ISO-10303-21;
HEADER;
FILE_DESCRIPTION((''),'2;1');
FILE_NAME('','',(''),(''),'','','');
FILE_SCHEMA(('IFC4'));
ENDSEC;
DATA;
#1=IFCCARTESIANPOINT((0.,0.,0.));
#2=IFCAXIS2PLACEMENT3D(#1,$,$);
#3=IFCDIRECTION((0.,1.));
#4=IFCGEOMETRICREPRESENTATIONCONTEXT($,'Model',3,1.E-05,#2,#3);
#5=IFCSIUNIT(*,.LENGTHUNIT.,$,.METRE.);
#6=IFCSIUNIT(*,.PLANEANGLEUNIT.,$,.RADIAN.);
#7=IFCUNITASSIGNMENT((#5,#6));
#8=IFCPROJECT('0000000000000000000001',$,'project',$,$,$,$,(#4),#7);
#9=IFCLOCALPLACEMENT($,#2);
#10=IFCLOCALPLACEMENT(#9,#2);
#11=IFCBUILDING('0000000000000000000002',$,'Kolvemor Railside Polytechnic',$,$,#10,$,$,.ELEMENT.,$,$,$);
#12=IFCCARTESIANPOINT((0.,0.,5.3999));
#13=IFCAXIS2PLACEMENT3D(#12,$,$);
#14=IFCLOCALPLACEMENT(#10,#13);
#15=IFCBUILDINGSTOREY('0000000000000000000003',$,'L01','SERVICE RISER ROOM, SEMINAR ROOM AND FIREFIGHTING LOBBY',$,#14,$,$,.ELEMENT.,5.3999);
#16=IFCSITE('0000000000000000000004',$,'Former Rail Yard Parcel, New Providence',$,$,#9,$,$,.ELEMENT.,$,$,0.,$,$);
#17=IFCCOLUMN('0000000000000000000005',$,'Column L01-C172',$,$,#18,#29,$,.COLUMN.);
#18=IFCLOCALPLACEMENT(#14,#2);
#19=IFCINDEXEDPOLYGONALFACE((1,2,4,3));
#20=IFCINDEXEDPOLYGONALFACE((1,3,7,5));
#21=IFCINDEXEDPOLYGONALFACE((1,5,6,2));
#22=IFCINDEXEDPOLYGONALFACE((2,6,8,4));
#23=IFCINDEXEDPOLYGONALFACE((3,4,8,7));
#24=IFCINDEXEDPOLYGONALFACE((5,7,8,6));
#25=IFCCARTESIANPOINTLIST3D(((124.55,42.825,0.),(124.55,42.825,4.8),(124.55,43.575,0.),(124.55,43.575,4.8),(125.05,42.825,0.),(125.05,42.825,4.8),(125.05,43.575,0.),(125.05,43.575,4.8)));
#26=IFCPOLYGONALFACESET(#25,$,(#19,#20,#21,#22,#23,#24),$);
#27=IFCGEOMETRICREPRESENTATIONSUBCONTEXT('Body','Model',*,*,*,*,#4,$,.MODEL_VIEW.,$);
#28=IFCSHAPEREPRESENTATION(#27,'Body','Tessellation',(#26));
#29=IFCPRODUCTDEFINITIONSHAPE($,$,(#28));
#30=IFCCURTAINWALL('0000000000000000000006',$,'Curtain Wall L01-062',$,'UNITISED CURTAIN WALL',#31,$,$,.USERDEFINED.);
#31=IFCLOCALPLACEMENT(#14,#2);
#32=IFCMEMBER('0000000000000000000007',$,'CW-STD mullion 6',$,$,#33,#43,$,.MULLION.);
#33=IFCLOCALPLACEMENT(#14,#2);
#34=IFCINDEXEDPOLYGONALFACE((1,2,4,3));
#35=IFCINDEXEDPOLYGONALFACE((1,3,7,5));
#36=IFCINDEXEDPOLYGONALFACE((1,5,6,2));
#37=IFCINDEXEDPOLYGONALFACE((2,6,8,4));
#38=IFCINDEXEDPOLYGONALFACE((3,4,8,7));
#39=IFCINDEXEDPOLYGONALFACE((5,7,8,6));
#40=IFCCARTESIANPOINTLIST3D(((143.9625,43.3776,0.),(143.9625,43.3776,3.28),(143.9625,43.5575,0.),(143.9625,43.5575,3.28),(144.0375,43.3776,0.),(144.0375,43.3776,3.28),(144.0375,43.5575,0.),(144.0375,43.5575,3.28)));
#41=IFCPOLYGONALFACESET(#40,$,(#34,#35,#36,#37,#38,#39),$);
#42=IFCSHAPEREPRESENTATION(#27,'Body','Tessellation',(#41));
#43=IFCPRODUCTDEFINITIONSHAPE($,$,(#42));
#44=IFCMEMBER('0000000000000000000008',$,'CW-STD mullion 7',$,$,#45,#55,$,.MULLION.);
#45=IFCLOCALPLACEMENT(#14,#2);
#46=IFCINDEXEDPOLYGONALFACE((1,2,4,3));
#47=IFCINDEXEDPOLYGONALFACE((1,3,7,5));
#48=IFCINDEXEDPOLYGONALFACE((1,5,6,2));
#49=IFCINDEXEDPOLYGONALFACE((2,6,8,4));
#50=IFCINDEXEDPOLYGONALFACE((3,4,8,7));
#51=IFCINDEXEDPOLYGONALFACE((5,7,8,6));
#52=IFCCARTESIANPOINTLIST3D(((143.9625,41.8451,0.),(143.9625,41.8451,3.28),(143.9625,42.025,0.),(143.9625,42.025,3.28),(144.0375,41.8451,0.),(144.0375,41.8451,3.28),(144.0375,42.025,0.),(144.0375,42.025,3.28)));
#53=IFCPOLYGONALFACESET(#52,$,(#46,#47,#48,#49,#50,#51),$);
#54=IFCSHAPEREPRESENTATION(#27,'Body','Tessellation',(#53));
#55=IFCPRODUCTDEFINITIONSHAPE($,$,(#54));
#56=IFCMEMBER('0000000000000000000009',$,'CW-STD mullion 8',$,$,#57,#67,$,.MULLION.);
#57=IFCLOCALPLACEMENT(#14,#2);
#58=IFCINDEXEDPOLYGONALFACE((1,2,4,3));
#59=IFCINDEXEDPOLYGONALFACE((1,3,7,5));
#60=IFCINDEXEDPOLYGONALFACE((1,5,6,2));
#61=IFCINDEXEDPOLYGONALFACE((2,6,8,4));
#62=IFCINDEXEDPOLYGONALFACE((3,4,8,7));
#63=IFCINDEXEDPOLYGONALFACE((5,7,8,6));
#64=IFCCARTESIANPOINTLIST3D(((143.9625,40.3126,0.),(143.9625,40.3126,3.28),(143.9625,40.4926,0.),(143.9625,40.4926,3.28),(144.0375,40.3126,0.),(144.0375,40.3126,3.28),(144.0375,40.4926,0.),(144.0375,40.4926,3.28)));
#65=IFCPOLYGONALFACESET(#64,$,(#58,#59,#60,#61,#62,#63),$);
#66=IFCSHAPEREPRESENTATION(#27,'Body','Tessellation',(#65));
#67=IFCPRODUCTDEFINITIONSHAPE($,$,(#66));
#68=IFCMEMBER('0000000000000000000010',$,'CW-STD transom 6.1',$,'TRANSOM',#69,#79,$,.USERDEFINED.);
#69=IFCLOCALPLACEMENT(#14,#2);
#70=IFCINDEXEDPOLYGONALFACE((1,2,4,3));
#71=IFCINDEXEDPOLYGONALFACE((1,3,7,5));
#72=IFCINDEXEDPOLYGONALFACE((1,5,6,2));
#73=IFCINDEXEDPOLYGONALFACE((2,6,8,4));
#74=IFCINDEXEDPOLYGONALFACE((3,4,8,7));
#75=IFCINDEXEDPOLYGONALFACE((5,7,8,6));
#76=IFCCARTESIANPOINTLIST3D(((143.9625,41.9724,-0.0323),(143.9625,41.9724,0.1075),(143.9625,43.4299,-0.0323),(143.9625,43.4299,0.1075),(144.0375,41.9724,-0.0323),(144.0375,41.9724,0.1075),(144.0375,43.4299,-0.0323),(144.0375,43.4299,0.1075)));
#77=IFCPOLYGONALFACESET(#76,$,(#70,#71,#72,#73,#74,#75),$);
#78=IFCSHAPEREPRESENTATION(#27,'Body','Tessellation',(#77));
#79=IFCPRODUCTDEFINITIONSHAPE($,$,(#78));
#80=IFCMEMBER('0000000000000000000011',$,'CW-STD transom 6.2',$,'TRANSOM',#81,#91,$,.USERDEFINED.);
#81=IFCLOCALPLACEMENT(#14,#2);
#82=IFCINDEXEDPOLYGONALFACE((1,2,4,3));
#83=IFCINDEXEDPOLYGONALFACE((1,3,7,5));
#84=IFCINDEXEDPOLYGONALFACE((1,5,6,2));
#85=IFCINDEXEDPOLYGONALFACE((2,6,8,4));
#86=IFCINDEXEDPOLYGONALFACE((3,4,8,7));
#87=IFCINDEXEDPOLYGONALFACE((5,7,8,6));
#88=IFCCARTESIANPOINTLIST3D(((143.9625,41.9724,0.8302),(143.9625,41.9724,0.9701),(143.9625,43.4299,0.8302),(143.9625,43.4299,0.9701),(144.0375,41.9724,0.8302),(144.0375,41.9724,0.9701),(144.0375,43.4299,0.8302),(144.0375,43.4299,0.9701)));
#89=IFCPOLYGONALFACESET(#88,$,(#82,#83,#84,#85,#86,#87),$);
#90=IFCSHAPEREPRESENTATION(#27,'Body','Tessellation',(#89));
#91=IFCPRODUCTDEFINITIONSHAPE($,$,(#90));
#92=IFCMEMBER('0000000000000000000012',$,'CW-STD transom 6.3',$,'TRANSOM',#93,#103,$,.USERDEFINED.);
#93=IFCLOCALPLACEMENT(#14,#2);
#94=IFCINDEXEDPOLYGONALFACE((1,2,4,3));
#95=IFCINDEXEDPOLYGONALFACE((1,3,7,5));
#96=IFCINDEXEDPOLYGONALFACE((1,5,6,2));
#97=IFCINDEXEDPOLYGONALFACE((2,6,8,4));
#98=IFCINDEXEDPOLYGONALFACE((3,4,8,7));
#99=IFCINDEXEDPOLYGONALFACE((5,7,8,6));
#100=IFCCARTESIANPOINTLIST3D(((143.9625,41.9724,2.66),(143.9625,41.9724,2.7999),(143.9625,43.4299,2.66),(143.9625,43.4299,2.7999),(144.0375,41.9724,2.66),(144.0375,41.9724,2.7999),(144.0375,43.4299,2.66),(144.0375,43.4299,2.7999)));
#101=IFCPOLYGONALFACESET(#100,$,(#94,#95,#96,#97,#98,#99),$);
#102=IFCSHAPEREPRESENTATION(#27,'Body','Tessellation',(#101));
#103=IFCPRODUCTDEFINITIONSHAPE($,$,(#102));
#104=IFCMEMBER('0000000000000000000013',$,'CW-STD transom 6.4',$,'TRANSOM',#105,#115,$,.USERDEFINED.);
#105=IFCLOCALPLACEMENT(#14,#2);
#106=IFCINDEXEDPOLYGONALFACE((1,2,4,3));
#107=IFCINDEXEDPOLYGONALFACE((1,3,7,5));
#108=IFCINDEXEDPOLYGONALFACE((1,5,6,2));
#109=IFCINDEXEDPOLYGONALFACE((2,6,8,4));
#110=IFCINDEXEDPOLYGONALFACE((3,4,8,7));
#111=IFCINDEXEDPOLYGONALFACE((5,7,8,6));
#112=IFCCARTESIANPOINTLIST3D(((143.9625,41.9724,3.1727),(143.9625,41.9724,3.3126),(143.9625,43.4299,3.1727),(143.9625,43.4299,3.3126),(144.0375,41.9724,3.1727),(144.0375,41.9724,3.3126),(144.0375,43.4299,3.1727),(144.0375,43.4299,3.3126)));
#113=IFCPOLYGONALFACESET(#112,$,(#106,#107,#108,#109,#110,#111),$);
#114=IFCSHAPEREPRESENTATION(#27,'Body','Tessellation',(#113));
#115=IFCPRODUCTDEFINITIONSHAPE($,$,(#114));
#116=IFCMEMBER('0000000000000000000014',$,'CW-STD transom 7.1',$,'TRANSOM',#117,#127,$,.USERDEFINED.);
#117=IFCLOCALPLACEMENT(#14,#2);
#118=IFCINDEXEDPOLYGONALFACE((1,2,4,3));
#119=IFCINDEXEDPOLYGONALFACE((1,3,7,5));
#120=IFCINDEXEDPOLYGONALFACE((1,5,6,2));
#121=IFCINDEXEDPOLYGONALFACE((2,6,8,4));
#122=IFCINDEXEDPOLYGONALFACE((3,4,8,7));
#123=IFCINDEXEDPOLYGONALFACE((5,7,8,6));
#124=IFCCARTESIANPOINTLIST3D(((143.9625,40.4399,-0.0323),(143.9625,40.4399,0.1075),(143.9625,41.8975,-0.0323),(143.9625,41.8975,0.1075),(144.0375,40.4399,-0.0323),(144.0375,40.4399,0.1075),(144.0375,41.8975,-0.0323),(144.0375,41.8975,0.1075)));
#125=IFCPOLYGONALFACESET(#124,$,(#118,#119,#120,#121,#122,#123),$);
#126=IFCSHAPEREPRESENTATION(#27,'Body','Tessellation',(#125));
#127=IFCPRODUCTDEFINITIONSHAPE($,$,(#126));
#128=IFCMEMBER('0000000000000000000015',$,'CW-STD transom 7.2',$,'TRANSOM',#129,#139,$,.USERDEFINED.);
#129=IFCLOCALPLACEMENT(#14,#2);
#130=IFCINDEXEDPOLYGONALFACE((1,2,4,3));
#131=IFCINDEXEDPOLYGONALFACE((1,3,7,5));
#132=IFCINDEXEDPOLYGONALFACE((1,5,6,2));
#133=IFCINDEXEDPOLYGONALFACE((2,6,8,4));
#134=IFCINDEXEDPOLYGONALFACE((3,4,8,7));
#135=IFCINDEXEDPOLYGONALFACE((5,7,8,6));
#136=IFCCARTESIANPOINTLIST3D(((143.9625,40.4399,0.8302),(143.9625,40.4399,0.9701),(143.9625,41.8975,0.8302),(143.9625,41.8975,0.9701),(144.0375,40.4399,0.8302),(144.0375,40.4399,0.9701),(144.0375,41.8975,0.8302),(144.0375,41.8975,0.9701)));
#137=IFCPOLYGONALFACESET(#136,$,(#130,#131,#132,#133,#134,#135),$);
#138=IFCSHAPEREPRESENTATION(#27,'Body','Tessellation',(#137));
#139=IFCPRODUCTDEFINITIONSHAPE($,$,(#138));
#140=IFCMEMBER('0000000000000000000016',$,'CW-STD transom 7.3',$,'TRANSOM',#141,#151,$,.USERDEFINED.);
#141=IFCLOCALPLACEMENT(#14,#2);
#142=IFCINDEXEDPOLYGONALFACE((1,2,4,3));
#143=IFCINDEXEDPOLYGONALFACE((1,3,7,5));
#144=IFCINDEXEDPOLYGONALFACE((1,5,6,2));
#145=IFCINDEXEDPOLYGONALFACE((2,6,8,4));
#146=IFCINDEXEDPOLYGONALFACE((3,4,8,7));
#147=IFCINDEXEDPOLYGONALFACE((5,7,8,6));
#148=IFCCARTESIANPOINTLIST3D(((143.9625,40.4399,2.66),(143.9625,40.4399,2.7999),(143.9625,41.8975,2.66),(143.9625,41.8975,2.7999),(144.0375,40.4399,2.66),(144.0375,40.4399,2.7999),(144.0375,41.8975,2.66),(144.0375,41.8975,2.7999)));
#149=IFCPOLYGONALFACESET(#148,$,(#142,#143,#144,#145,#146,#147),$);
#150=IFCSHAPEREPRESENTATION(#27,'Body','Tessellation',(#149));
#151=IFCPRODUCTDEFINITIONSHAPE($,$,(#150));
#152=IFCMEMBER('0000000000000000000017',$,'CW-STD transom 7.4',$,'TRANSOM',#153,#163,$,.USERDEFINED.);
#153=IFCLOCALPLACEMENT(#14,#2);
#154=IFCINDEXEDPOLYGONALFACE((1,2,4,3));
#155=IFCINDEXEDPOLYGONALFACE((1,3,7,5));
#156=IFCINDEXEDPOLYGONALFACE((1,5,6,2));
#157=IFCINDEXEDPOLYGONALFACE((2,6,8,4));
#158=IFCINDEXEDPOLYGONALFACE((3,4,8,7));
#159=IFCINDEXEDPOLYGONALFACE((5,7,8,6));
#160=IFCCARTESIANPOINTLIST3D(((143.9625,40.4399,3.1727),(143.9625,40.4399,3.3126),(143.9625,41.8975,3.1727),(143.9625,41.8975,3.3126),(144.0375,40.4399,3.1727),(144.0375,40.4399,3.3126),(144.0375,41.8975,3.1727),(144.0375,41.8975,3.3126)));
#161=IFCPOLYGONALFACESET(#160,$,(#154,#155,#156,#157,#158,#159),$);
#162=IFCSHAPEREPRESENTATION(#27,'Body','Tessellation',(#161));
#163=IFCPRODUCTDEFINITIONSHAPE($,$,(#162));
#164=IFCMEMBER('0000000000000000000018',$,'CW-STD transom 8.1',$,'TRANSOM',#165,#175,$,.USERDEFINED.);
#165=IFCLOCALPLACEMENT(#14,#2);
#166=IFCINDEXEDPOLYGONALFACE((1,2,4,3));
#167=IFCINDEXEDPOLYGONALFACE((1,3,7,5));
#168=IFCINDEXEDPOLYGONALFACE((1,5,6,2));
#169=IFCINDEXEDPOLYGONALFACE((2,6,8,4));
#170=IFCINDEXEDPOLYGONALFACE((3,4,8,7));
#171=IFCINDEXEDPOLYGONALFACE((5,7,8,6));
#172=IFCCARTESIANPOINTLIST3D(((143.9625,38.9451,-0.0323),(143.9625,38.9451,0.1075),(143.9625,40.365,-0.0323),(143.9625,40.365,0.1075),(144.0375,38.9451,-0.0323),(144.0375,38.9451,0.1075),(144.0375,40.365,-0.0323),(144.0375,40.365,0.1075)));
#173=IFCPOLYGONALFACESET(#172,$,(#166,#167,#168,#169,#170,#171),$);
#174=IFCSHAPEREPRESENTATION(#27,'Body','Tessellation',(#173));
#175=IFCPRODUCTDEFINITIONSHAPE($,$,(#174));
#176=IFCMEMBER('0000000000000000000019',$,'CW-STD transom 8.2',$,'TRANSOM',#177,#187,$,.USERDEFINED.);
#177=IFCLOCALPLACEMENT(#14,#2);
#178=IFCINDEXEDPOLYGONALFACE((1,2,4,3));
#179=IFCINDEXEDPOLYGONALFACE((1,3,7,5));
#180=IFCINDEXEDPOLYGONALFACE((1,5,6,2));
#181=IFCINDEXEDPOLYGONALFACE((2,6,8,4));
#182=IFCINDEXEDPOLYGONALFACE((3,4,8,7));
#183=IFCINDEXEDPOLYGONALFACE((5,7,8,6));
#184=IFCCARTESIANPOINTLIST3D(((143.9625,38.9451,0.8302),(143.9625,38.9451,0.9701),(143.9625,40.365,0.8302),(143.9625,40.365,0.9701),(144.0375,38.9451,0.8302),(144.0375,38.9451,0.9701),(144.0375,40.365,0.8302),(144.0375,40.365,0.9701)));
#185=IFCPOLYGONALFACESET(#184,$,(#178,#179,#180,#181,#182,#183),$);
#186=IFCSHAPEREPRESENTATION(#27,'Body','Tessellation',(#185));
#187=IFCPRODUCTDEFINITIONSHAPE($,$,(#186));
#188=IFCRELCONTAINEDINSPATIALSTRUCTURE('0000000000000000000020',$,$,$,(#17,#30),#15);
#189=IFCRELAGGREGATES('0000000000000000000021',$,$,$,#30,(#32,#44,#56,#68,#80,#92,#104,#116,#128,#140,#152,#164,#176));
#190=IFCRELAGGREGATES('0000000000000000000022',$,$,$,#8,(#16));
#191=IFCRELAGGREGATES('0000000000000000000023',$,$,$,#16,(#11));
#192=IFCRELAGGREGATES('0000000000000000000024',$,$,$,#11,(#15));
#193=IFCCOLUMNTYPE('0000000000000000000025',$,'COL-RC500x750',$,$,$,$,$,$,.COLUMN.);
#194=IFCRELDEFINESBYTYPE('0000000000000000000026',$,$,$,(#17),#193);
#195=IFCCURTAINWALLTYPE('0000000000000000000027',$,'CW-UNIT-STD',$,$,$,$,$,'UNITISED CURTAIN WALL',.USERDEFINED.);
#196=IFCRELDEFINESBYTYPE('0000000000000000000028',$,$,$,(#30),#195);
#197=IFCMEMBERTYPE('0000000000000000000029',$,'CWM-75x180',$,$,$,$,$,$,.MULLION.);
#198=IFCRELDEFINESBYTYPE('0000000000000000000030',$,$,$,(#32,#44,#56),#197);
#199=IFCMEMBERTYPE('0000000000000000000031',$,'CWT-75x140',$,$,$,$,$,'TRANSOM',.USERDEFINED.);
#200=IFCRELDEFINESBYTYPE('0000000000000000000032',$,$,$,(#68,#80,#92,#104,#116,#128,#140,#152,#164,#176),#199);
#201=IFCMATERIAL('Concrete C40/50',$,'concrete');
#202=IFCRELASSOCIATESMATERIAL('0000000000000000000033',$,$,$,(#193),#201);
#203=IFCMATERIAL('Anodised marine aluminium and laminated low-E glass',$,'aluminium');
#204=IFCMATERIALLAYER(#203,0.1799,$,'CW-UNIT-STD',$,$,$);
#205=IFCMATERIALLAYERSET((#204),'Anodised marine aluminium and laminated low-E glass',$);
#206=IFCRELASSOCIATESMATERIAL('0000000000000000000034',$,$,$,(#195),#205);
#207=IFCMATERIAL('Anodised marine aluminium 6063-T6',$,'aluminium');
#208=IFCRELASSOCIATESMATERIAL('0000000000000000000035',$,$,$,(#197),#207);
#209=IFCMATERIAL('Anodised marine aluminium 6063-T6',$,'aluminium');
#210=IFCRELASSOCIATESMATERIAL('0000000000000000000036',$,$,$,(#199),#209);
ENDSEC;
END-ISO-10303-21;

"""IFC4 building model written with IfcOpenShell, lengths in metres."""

from ifc_helpers import new_model, si_unit, direction, frame, origin, origin_2d, place, context, subcontext, project, spatial, rectangle, extrude, material, layer, layer_set, material_profile, profile_set, type_object, element, aggregate, save


model = new_model("IFC4")

# Units and contexts
model_context = context("Model", 3, precision=1e-05, world=origin(), true_north=direction((0.0, 1.0)))
body_context = subcontext(model_context, "Body", "Model", "MODEL_VIEW")
ifc_project = project(units=[si_unit("LENGTHUNIT", "METRE"), si_unit("PLANEANGLEUNIT", "RADIAN")], contexts=[model_context])

# Site, building, storey
site_placement = place(None, origin())
site = spatial("IfcSite", under=ifc_project, at=site_placement, Name="Former Rail Yard Parcel, New Providence", CompositionType="ELEMENT", RefElevation=0.0)
building_placement = place(site_placement, origin())
building = spatial("IfcBuilding", under=site, at=building_placement, Name="Kolvemor Railside Polytechnic", CompositionType="ELEMENT")
storey_placement = place(building_placement, frame((0.0, 0.0, 5.3999)))
storey = spatial("IfcBuildingStorey", under=building, at=storey_placement, Name="L01", Description="SERVICE RISER ROOM, SEMINAR ROOM AND FIREFIGHTING LOBBY", CompositionType="ELEMENT", Elevation=5.3999)

# Column
ifc_material_1 = material(Name="Concrete C40/50", Category="concrete")
ifc_material_profile_1 = material_profile(ifc_material_1, rectangle(XDim=0.5, YDim=0.75, at=origin_2d()), Name="RC500x750")
ifc_profile_set_1 = profile_set([ifc_material_profile_1], Name="Concrete C40/50")
column_type = type_object("IfcColumnType", Name="COL-RC500x750", PredefinedType="COLUMN", material=ifc_profile_set_1)
column_placement = place(storey_placement, frame((124.8, 43.2, 0.0), z_axis=(0.0, 0.0, 1.0), x_axis=(1.0, 0.0, 0.0)))
element("IfcColumn", 1, at=column_placement, inside=storey, type_object=column_type, Name="Column L01-C172", PredefinedType="COLUMN", context=body_context, shape_type="SweptSolid", body=[
    extrude(rectangle(XDim=0.5, YDim=0.75, at=origin_2d()), origin(), (0.0, 0.0, 1.0), 4.8),
])

# Curtain wall, members
ifc_material_2 = material(Name="Anodised marine aluminium and laminated low-E glass", Category="aluminium")
ifc_layer_1 = layer(ifc_material_2, 0.1799, Name="CW-UNIT-STD")
ifc_layer_set_1 = layer_set([ifc_layer_1], Name="Anodised marine aluminium and laminated low-E glass")
curtain_wall_type = type_object("IfcCurtainWallType", Name="CW-UNIT-STD", ElementType="UNITISED CURTAIN WALL", PredefinedType="USERDEFINED", material=ifc_layer_set_1)
curtain_wall_placement = place(storey_placement, origin())
curtain_wall = element("IfcCurtainWall", 2, at=curtain_wall_placement, inside=storey, type_object=curtain_wall_type, Name="Curtain Wall L01-062", ObjectType="UNITISED CURTAIN WALL", PredefinedType="USERDEFINED")
ifc_material_3 = material(Name="Anodised marine aluminium 6063-T6", Category="aluminium")
ifc_material_profile_2 = material_profile(ifc_material_3, rectangle(XDim=0.075, YDim=0.1799, at=origin_2d()), Name="CW-MUL-75x180")
ifc_profile_set_2 = profile_set([ifc_material_profile_2], Name="Anodised marine aluminium 6063-T6")
member_type_1 = type_object("IfcMemberType", Name="CWM-75x180", PredefinedType="MULLION", material=ifc_profile_set_2)
member_1_placement = place(storey_placement, frame((144.0, 43.4675, 0.0), z_axis=(0.0, 0.0, 1.0), x_axis=(1.0, 0.0, 0.0)))
member_1 = element("IfcMember", 3, at=member_1_placement, type_object=member_type_1, Name="CW-STD mullion 6", PredefinedType="MULLION", context=body_context, shape_type="SweptSolid", body=[
    extrude(rectangle(XDim=0.075, YDim=0.1799, at=origin_2d()), origin(), (0.0, 0.0, 1.0), 3.28),
])
member_2_placement = place(storey_placement, frame((144.0, 41.9351, 0.0), z_axis=(0.0, 0.0, 1.0), x_axis=(1.0, 0.0, 0.0)))
member_2 = element("IfcMember", 4, at=member_2_placement, type_object=member_type_1, Name="CW-STD mullion 7", PredefinedType="MULLION", context=body_context, shape_type="SweptSolid", body=[
    extrude(rectangle(XDim=0.075, YDim=0.1799, at=origin_2d()), origin(), (0.0, 0.0, 1.0), 3.28),
])
member_3_placement = place(storey_placement, frame((144.0, 40.4026, 0.0), z_axis=(0.0, 0.0, 1.0), x_axis=(1.0, 0.0, 0.0)))
member_3 = element("IfcMember", 5, at=member_3_placement, type_object=member_type_1, Name="CW-STD mullion 8", PredefinedType="MULLION", context=body_context, shape_type="SweptSolid", body=[
    extrude(rectangle(XDim=0.075, YDim=0.1799, at=origin_2d()), origin(), (0.0, 0.0, 1.0), 3.28),
])
ifc_material_4 = material(Name="Anodised marine aluminium 6063-T6", Category="aluminium")
ifc_material_profile_3 = material_profile(ifc_material_4, rectangle(XDim=0.075, YDim=0.1399, at=origin_2d()), Name="CW-TRN-75x140")
ifc_profile_set_3 = profile_set([ifc_material_profile_3], Name="Anodised marine aluminium 6063-T6")
member_type_2 = type_object("IfcMemberType", Name="CWT-75x140", ElementType="TRANSOM", PredefinedType="USERDEFINED", material=ifc_profile_set_3)
member_4_placement = place(storey_placement, frame((144.0, 43.4299, 0.0376), z_axis=(0.0, -1.0, 0.0), x_axis=(1.0, 0.0, 0.0)))
member_4 = element("IfcMember", 6, at=member_4_placement, type_object=member_type_2, Name="CW-STD transom 6.1", ObjectType="TRANSOM", PredefinedType="USERDEFINED", context=body_context, shape_type="SweptSolid", body=[
    extrude(rectangle(XDim=0.075, YDim=0.1399, at=origin_2d()), origin(), (0.0, 0.0, 1.0), 1.4575),
])
member_5_placement = place(storey_placement, frame((144.0, 43.4299, 0.9001), z_axis=(0.0, -1.0, 0.0), x_axis=(1.0, 0.0, 0.0)))
member_5 = element("IfcMember", 7, at=member_5_placement, type_object=member_type_2, Name="CW-STD transom 6.2", ObjectType="TRANSOM", PredefinedType="USERDEFINED", context=body_context, shape_type="SweptSolid", body=[
    extrude(rectangle(XDim=0.075, YDim=0.1399, at=origin_2d()), origin(), (0.0, 0.0, 1.0), 1.4575),
])
member_6_placement = place(storey_placement, frame((144.0, 43.4299, 2.73), z_axis=(0.0, -1.0, 0.0), x_axis=(1.0, 0.0, 0.0)))
member_6 = element("IfcMember", 8, at=member_6_placement, type_object=member_type_2, Name="CW-STD transom 6.3", ObjectType="TRANSOM", PredefinedType="USERDEFINED", context=body_context, shape_type="SweptSolid", body=[
    extrude(rectangle(XDim=0.075, YDim=0.1399, at=origin_2d()), origin(), (0.0, 0.0, 1.0), 1.4575),
])
member_7_placement = place(storey_placement, frame((144.0, 43.4299, 3.2427), z_axis=(0.0, -1.0, 0.0), x_axis=(1.0, 0.0, 0.0)))
member_7 = element("IfcMember", 9, at=member_7_placement, type_object=member_type_2, Name="CW-STD transom 6.4", ObjectType="TRANSOM", PredefinedType="USERDEFINED", context=body_context, shape_type="SweptSolid", body=[
    extrude(rectangle(XDim=0.075, YDim=0.1399, at=origin_2d()), origin(), (0.0, 0.0, 1.0), 1.4575),
])
member_8_placement = place(storey_placement, frame((144.0, 41.8975, 0.0376), z_axis=(0.0, -1.0, 0.0), x_axis=(1.0, 0.0, 0.0)))
member_8 = element("IfcMember", 10, at=member_8_placement, type_object=member_type_2, Name="CW-STD transom 7.1", ObjectType="TRANSOM", PredefinedType="USERDEFINED", context=body_context, shape_type="SweptSolid", body=[
    extrude(rectangle(XDim=0.075, YDim=0.1399, at=origin_2d()), origin(), (0.0, 0.0, 1.0), 1.4575),
])
member_9_placement = place(storey_placement, frame((144.0, 41.8975, 0.9001), z_axis=(0.0, -1.0, 0.0), x_axis=(1.0, 0.0, 0.0)))
member_9 = element("IfcMember", 11, at=member_9_placement, type_object=member_type_2, Name="CW-STD transom 7.2", ObjectType="TRANSOM", PredefinedType="USERDEFINED", context=body_context, shape_type="SweptSolid", body=[
    extrude(rectangle(XDim=0.075, YDim=0.1399, at=origin_2d()), origin(), (0.0, 0.0, 1.0), 1.4575),
])
member_10_placement = place(storey_placement, frame((144.0, 41.8975, 2.73), z_axis=(0.0, -1.0, 0.0), x_axis=(1.0, 0.0, 0.0)))
member_10 = element("IfcMember", 12, at=member_10_placement, type_object=member_type_2, Name="CW-STD transom 7.3", ObjectType="TRANSOM", PredefinedType="USERDEFINED", context=body_context, shape_type="SweptSolid", body=[
    extrude(rectangle(XDim=0.075, YDim=0.1399, at=origin_2d()), origin(), (0.0, 0.0, 1.0), 1.4575),
])
member_11_placement = place(storey_placement, frame((144.0, 41.8975, 3.2427), z_axis=(0.0, -1.0, 0.0), x_axis=(1.0, 0.0, 0.0)))
member_11 = element("IfcMember", 13, at=member_11_placement, type_object=member_type_2, Name="CW-STD transom 7.4", ObjectType="TRANSOM", PredefinedType="USERDEFINED", context=body_context, shape_type="SweptSolid", body=[
    extrude(rectangle(XDim=0.075, YDim=0.1399, at=origin_2d()), origin(), (0.0, 0.0, 1.0), 1.4575),
])
member_12_placement = place(storey_placement, frame((144.0, 40.365, 0.0376), z_axis=(0.0, -1.0, 0.0), x_axis=(1.0, 0.0, 0.0)))
member_12 = element("IfcMember", 14, at=member_12_placement, type_object=member_type_2, Name="CW-STD transom 8.1", ObjectType="TRANSOM", PredefinedType="USERDEFINED", context=body_context, shape_type="SweptSolid", body=[
    extrude(rectangle(XDim=0.075, YDim=0.1399, at=origin_2d()), origin(), (0.0, 0.0, 1.0), 1.4199),
])
member_13_placement = place(storey_placement, frame((144.0, 40.365, 0.9001), z_axis=(0.0, -1.0, 0.0), x_axis=(1.0, 0.0, 0.0)))
member_13 = element("IfcMember", 15, at=member_13_placement, type_object=member_type_2, Name="CW-STD transom 8.2", ObjectType="TRANSOM", PredefinedType="USERDEFINED", context=body_context, shape_type="SweptSolid", body=[
    extrude(rectangle(XDim=0.075, YDim=0.1399, at=origin_2d()), origin(), (0.0, 0.0, 1.0), 1.4199),
])
aggregate(curtain_wall, [member_1, member_2, member_3, member_4, member_5, member_6, member_7, member_8, member_9, member_10, member_11, member_12, member_13])

save(model, "model.ifc")
